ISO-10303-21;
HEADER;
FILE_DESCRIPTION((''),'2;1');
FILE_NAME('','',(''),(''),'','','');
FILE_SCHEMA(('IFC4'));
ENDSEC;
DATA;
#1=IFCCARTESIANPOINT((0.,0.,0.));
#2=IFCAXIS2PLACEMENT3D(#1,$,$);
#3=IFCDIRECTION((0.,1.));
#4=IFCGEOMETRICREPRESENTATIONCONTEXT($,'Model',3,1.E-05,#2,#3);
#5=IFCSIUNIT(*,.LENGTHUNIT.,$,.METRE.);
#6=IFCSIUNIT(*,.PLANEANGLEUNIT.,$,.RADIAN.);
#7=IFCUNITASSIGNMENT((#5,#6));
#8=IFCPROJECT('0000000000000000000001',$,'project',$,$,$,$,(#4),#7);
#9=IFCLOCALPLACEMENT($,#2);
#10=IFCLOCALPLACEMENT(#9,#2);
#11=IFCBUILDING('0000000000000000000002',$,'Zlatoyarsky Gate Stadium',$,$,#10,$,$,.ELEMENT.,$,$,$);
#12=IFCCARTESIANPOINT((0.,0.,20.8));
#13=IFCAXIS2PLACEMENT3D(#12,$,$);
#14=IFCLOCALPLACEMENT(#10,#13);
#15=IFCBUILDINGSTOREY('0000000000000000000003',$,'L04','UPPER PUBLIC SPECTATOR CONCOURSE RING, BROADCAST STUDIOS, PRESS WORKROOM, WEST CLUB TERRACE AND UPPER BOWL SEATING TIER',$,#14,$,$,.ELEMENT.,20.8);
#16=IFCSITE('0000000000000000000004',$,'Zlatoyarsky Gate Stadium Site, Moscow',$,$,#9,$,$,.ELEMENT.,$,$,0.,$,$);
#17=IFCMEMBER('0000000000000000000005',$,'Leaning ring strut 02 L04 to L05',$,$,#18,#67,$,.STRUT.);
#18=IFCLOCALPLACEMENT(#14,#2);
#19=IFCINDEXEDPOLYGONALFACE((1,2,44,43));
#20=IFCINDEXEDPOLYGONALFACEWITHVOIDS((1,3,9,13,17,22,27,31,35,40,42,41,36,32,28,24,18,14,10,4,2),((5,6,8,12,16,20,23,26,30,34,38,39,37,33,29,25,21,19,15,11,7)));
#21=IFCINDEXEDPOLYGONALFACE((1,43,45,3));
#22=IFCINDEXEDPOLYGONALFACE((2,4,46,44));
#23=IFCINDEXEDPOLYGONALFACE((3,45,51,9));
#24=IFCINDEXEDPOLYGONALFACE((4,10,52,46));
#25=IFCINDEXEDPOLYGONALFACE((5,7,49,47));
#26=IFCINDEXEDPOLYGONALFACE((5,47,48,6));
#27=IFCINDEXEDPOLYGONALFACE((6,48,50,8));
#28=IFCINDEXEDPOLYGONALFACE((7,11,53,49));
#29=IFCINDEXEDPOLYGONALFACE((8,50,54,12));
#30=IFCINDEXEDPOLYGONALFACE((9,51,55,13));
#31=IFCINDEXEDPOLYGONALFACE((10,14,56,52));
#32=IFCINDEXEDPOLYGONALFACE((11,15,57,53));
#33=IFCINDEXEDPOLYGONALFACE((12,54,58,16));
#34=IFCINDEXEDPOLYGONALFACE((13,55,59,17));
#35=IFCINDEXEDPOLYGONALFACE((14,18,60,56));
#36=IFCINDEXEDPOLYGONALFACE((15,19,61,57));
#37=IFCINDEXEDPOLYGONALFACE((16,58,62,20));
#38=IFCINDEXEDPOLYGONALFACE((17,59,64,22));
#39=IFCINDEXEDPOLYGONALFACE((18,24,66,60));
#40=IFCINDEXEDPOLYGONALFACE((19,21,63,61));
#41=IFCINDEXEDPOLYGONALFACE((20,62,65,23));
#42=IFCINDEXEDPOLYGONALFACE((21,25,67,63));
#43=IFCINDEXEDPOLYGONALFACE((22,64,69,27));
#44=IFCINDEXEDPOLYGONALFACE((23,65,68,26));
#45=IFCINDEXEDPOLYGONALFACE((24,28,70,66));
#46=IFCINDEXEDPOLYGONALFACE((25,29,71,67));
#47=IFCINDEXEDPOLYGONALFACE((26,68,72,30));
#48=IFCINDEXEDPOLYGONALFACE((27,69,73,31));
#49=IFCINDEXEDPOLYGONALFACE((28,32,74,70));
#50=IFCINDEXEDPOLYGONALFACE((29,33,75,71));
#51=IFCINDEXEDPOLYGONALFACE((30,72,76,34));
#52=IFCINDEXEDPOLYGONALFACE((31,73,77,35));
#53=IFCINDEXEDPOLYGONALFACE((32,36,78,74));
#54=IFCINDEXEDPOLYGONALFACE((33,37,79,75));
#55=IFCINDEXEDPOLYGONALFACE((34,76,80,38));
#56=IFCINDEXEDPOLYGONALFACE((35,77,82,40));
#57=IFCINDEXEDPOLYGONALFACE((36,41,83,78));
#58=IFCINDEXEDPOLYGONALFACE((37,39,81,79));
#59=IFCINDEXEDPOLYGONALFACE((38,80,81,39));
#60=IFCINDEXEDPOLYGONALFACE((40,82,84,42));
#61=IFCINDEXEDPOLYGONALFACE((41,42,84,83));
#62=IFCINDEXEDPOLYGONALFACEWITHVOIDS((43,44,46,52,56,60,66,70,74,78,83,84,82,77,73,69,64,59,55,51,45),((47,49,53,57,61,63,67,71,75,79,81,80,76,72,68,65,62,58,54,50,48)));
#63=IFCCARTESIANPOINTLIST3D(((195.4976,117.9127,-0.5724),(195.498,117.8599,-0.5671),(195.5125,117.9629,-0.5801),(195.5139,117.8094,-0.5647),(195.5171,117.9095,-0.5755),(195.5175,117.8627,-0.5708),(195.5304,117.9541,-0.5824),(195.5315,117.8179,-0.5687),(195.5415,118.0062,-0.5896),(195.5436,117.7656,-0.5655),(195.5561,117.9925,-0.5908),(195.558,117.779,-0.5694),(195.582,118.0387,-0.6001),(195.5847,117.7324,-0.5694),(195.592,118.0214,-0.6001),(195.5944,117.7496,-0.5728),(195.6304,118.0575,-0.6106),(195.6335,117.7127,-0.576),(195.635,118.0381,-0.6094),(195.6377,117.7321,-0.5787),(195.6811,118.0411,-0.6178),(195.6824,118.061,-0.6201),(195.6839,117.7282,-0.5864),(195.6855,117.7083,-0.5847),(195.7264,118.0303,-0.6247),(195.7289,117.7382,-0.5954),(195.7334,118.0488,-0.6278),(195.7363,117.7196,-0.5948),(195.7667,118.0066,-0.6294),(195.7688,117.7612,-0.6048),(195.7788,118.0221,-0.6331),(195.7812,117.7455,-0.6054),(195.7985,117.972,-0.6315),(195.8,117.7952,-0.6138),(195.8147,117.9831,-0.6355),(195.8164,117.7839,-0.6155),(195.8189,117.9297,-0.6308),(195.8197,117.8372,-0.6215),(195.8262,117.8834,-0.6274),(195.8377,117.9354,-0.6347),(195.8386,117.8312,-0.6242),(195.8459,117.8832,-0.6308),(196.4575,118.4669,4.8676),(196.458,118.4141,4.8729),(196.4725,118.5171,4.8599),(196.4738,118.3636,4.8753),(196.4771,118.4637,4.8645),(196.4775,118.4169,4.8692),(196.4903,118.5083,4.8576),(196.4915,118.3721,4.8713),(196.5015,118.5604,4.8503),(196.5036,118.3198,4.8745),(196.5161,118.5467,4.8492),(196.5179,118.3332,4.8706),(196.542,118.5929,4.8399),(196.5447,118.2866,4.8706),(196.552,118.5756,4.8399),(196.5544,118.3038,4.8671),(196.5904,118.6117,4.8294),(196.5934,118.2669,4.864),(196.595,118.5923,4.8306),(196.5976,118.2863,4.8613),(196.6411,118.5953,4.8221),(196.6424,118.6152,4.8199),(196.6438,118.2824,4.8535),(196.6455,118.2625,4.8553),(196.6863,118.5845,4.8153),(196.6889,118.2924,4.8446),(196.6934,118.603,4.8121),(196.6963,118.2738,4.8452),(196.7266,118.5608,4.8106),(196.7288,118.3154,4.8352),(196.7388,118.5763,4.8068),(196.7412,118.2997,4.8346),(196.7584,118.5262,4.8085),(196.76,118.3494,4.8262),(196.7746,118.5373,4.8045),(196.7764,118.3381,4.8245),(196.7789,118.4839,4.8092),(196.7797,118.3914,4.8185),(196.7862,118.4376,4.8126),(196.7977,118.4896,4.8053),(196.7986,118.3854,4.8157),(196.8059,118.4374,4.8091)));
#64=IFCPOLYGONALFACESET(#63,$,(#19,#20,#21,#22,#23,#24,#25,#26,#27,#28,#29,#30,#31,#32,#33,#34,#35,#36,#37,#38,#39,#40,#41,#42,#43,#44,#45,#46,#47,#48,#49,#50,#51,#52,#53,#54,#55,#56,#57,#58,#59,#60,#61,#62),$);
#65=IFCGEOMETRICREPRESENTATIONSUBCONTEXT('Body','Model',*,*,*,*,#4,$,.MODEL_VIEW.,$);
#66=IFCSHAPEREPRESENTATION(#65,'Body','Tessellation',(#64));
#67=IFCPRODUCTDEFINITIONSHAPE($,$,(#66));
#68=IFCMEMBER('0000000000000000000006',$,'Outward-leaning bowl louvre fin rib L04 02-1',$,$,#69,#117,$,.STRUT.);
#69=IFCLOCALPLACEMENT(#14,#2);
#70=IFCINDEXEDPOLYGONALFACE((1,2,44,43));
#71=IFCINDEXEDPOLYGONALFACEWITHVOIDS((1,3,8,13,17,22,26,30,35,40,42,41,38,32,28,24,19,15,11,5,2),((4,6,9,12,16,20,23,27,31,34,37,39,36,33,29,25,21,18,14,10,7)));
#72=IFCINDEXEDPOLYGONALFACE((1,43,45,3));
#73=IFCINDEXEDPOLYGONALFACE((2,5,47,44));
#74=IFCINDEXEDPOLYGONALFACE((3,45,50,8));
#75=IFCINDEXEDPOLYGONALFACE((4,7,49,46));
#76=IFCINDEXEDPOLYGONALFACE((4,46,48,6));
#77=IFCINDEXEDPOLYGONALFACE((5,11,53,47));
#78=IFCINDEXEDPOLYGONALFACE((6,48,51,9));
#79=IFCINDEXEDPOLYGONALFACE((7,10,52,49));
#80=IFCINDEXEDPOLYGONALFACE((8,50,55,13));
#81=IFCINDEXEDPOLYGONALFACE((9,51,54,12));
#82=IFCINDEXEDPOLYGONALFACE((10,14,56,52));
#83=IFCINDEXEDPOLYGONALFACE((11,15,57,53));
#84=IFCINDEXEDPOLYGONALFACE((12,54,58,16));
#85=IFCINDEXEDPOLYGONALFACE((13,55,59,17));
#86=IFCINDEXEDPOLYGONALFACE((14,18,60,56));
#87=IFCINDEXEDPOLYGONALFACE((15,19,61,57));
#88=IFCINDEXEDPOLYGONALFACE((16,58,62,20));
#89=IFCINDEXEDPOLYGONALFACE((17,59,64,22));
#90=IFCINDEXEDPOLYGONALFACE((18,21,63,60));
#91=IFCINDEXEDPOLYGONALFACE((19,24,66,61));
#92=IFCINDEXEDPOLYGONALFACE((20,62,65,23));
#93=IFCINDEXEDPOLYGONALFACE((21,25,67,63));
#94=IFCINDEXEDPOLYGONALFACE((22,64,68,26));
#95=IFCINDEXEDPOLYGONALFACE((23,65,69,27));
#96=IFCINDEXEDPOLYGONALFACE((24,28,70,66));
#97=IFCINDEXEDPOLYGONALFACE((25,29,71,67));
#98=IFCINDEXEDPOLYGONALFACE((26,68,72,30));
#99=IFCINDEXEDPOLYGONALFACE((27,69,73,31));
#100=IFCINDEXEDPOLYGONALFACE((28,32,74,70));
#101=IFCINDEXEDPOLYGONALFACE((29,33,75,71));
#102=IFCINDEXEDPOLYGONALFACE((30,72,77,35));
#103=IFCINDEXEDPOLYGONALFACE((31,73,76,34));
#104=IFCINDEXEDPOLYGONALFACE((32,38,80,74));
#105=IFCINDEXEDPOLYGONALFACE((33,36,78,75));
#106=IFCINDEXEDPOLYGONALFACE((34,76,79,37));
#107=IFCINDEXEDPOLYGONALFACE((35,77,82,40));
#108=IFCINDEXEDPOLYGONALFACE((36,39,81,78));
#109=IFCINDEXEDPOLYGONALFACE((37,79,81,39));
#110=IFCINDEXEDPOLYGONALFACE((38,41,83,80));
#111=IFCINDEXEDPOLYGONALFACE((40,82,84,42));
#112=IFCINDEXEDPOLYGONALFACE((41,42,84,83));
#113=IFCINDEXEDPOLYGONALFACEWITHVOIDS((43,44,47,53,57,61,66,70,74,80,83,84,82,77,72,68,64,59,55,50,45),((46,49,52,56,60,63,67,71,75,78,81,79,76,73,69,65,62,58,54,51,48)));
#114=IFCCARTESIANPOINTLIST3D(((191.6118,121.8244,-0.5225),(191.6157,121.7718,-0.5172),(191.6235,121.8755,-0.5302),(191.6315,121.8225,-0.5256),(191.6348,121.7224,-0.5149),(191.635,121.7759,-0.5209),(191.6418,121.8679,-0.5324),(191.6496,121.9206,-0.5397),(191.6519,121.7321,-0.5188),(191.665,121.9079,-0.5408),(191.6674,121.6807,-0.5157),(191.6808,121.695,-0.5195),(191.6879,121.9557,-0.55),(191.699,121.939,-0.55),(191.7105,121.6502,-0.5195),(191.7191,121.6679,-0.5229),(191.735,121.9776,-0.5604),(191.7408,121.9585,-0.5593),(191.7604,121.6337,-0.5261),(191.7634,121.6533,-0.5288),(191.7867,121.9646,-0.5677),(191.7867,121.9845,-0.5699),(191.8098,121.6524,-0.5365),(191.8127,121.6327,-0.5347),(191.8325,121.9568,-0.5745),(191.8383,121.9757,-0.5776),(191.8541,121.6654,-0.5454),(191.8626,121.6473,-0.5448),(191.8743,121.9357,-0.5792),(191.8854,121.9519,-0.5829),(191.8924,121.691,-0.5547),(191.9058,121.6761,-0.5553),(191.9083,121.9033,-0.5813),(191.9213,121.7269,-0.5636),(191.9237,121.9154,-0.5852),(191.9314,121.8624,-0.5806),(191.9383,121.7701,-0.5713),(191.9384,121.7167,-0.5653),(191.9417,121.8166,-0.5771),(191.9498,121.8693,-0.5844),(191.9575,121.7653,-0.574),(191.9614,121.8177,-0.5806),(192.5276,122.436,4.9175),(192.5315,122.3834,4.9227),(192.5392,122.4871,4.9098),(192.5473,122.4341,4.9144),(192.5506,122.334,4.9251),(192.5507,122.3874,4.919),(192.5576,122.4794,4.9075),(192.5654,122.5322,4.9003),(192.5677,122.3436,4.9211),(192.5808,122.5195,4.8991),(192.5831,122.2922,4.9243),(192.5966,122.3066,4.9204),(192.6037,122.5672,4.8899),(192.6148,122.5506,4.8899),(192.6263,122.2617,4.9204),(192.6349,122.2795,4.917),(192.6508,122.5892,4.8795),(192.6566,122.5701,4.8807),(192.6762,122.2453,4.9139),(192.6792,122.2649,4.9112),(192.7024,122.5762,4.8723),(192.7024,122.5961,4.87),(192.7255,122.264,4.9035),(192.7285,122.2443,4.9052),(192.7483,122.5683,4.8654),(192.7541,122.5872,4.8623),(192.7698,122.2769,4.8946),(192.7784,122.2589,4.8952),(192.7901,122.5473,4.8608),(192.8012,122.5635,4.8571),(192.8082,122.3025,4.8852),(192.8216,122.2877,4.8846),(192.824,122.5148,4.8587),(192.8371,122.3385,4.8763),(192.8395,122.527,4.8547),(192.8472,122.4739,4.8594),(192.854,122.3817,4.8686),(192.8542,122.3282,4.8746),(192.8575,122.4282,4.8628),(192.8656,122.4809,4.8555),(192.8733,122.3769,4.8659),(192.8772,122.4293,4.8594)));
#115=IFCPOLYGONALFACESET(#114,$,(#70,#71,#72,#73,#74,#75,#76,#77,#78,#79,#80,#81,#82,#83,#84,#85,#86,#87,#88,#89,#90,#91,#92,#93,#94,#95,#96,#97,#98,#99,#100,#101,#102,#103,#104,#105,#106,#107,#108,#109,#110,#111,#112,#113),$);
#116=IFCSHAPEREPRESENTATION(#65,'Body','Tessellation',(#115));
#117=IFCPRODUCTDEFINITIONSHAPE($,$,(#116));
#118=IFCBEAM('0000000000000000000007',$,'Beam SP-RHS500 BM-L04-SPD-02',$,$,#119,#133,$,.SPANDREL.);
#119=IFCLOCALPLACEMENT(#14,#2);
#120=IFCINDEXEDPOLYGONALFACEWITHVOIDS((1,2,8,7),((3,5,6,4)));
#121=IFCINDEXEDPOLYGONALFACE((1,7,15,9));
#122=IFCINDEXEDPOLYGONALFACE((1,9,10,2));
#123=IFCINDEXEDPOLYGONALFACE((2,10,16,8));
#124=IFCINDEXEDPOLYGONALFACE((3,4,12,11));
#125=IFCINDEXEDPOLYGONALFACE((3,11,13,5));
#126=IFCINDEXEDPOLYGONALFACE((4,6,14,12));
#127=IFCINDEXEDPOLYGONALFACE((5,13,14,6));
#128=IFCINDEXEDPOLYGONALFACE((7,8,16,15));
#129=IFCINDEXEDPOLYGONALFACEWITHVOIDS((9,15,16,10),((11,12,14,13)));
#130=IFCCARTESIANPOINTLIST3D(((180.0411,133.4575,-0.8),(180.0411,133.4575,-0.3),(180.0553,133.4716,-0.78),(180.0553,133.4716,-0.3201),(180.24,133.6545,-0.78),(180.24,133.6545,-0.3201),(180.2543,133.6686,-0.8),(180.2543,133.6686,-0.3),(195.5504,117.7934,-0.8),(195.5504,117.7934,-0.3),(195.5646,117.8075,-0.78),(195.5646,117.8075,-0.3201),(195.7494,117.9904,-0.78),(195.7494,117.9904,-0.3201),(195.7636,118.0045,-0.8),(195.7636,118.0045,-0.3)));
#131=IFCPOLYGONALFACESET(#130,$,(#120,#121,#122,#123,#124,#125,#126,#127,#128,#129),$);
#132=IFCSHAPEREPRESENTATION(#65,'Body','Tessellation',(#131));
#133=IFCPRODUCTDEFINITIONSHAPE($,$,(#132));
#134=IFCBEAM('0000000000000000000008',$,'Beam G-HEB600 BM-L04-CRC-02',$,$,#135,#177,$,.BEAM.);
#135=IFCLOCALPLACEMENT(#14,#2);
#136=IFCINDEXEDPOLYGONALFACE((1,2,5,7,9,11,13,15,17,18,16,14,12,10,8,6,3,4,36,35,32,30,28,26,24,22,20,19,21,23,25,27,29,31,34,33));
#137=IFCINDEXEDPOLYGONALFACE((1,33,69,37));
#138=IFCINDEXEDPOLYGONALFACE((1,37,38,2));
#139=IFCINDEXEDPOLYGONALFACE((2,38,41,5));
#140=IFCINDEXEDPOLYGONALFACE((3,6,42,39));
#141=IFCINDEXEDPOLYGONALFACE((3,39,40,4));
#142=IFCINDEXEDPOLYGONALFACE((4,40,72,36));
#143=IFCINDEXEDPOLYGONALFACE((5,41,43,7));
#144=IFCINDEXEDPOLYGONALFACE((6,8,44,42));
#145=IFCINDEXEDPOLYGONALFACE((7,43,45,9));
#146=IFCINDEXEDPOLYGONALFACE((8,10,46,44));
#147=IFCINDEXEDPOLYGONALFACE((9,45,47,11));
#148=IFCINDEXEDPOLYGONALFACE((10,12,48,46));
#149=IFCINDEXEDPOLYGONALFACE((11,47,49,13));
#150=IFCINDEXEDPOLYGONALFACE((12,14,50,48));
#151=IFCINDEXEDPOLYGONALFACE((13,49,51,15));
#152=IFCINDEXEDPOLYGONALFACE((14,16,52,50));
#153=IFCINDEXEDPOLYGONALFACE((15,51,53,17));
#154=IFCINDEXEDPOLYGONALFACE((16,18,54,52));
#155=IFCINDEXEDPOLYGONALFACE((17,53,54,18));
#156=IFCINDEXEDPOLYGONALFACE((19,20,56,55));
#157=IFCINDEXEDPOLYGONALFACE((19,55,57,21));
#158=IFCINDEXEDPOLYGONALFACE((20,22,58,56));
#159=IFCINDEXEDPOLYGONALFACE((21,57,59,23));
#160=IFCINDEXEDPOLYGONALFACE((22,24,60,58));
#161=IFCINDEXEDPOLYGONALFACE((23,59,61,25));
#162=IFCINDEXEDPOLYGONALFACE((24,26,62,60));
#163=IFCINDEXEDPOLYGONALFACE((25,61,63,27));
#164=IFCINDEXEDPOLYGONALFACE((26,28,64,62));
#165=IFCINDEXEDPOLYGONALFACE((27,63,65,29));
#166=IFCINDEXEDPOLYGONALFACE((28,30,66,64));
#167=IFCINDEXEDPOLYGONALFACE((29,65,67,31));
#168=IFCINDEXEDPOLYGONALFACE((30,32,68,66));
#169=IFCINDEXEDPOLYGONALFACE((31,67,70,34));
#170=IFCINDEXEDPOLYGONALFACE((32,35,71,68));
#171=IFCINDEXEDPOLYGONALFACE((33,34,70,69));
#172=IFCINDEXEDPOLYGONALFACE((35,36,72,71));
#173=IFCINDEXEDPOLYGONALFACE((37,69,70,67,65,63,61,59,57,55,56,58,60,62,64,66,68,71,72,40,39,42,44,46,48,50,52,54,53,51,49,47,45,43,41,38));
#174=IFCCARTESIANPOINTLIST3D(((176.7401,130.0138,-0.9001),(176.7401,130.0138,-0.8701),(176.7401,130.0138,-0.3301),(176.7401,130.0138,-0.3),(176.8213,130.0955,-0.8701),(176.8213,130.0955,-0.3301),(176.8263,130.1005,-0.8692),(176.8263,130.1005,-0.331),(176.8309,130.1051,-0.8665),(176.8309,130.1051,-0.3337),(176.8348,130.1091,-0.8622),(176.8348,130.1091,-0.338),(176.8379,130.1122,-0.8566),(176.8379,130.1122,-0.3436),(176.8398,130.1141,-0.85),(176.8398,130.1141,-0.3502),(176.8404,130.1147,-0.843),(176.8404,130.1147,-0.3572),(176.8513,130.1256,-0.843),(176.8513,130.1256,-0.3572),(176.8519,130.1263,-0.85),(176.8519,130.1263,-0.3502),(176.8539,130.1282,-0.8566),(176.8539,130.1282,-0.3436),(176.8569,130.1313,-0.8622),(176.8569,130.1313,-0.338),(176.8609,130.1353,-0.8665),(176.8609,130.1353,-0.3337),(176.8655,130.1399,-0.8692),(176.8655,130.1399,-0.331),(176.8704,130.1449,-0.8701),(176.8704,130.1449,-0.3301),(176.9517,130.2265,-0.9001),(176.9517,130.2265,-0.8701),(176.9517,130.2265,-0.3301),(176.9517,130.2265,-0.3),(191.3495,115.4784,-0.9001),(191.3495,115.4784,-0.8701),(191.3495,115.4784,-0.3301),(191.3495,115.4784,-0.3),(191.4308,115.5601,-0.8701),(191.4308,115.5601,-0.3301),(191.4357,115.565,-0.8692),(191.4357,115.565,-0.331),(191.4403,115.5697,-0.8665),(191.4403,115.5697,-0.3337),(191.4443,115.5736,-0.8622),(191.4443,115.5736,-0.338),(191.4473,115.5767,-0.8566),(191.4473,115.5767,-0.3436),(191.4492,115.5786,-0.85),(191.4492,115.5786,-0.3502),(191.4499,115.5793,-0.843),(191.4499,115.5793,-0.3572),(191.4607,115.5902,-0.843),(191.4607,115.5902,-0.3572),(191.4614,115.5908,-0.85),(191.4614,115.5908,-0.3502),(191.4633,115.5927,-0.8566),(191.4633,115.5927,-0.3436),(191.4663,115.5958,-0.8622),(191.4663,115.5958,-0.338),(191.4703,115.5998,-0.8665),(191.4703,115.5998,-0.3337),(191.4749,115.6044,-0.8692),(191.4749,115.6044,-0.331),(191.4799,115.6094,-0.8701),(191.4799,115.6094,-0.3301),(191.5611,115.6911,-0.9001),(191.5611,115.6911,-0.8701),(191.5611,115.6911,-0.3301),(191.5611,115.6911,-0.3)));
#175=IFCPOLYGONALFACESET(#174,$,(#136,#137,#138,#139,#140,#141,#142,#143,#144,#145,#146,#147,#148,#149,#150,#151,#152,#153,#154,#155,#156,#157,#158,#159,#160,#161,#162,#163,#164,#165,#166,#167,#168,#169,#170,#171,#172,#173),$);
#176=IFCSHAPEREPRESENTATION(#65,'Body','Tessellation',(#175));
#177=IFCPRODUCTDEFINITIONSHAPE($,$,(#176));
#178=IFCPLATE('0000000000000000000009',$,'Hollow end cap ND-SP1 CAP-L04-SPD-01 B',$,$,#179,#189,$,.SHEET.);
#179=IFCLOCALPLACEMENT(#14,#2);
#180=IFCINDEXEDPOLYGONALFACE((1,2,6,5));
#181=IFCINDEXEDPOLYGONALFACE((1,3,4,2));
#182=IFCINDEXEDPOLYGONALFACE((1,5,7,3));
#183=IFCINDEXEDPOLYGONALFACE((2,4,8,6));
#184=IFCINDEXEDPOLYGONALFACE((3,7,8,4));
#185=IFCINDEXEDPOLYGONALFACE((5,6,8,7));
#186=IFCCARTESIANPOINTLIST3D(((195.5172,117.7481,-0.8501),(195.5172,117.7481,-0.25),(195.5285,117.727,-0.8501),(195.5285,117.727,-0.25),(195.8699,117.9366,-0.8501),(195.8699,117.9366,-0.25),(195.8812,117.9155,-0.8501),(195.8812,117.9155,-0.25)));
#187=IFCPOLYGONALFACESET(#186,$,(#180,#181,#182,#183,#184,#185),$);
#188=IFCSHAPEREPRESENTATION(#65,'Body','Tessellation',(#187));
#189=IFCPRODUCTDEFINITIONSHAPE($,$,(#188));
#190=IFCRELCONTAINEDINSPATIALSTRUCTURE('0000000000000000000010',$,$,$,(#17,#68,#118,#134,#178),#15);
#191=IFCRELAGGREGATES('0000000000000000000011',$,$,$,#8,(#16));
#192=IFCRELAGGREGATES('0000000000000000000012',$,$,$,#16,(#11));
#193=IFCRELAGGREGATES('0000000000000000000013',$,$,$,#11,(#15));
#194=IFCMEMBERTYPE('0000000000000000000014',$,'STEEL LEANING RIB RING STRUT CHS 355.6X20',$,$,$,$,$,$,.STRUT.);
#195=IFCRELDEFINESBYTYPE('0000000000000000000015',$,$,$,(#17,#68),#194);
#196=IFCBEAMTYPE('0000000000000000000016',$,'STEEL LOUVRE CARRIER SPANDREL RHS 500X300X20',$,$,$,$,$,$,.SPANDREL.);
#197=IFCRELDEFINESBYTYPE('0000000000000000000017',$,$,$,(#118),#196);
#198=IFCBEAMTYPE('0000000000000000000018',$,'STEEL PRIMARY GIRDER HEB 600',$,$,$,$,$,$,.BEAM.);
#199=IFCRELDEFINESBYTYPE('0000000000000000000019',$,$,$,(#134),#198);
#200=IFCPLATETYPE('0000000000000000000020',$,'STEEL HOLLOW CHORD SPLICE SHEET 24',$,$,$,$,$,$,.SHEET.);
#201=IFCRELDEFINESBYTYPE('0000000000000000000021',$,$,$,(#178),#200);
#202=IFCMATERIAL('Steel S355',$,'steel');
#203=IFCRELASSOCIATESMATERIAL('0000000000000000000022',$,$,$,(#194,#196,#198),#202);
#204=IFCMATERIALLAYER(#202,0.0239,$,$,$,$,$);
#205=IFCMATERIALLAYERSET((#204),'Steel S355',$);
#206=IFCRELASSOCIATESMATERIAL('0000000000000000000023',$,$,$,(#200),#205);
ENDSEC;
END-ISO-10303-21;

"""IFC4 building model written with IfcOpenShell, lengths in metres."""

from ifc_helpers import new_model, si_unit, direction, frame, origin, origin_2d, place, context, subcontext, project, spatial, rectangle, hollow_rectangle, hollow_circle, i_section, extrude, material, layer, layer_set, material_profile, profile_set, type_object, element, save


model = new_model("IFC4")

# Units and contexts
model_context = context("Model", 3, precision=1e-05, world=origin(), true_north=direction((0.0, 1.0)))
body_context = subcontext(model_context, "Body", "Model", "MODEL_VIEW")
ifc_project = project(units=[si_unit("LENGTHUNIT", "METRE"), si_unit("PLANEANGLEUNIT", "RADIAN")], contexts=[model_context])

# Site, building, storey
site_placement = place(None, origin())
site = spatial("IfcSite", under=ifc_project, at=site_placement, Name="Zlatoyarsky Gate Stadium Site, Moscow", CompositionType="ELEMENT", RefElevation=0.0)
building_placement = place(site_placement, origin())
building = spatial("IfcBuilding", under=site, at=building_placement, Name="Zlatoyarsky Gate Stadium", CompositionType="ELEMENT")
storey_placement = place(building_placement, frame((0.0, 0.0, 20.8)))
storey = spatial("IfcBuildingStorey", under=building, at=storey_placement, Name="L04", Description="UPPER PUBLIC SPECTATOR CONCOURSE RING, BROADCAST STUDIOS, PRESS WORKROOM, WEST CLUB TERRACE AND UPPER BOWL SEATING TIER", CompositionType="ELEMENT", Elevation=20.8)

# Shared definitions
ifc_material_1 = material(Name="Steel S355", Category="steel")

# Members
ifc_material_profile_1 = material_profile(ifc_material_1, hollow_circle(Radius=0.1777, WallThickness=0.02, at=origin_2d()), Name="CHS 355.6X20")
ifc_profile_set_1 = profile_set([ifc_material_profile_1], Name="Steel S355")
member_type_1 = type_object("IfcMemberType", Name="STEEL LEANING RIB RING STRUT CHS 355.6X20", PredefinedType="STRUT", material=ifc_profile_set_1)
member_1_placement = place(storey_placement, frame((195.6709, 117.8848, -0.6001), z_axis=(0.172912, 0.099825, 0.979865), x_axis=(-0.499977, 0.866039, 0.0)))
element("IfcMember", 1, at=member_1_placement, inside=storey, type_object=member_type_1, Name="Leaning ring strut 02 L04 to L05", PredefinedType="STRUT", context=body_context, shape_type="SweptSolid", body=[
    extrude(hollow_circle(Radius=0.1777, WallThickness=0.02, at=origin_2d()), origin(), (0.0, 0.0, 1.0), 5.5518),
])
member_2_placement = place(storey_placement, frame((191.7866, 121.8079, -0.55), z_axis=(0.164996, 0.110188, 0.98012), x_axis=(-0.555365, 0.831607, 0.0)))
element("IfcMember", 2, at=member_2_placement, inside=storey, type_object=member_type_1, Name="Outward-leaning bowl louvre fin rib L04 02-1", PredefinedType="STRUT", context=body_context, shape_type="SweptSolid", body=[
    extrude(hollow_circle(Radius=0.1777, WallThickness=0.02, at=origin_2d()), origin(), (0.0, 0.0, 1.0), 5.5503),
])

# Beams
ifc_material_profile_2 = material_profile(ifc_material_1, hollow_rectangle(XDim=0.3, YDim=0.5, WallThickness=0.02, at=origin_2d()), Name="RHS 500X300X20")
ifc_profile_set_2 = profile_set([ifc_material_profile_2], Name="Steel S355")
beam_type_1 = type_object("IfcBeamType", Name="STEEL LOUVRE CARRIER SPANDREL RHS 500X300X20", PredefinedType="SPANDREL", material=ifc_profile_set_2)
beam_1_placement = place(storey_placement, frame((195.657, 117.8989, -0.55), z_axis=(-0.703587, 0.710609, 0.0), x_axis=(-0.710609, -0.703587, 0.0)))
element("IfcBeam", 3, at=beam_1_placement, inside=storey, type_object=beam_type_1, Name="Beam SP-RHS500 BM-L04-SPD-02", PredefinedType="SPANDREL", context=body_context, shape_type="SweptSolid", body=[
    extrude(hollow_rectangle(XDim=0.3, YDim=0.5, WallThickness=0.02, at=origin_2d()), origin(), (0.0, 0.0, 1.0), 22.0432),
])
ifc_material_profile_3 = material_profile(ifc_material_1, i_section(OverallWidth=0.3, OverallDepth=0.6001, WebThickness=0.0154, FlangeThickness=0.03, FilletRadius=0.0271, at=origin_2d()), Name="HEB 600")
ifc_profile_set_3 = profile_set([ifc_material_profile_3], Name="Steel S355")
beam_type_2 = type_object("IfcBeamType", Name="STEEL PRIMARY GIRDER HEB 600", PredefinedType="BEAM", material=ifc_profile_set_3)
beam_2_placement = place(storey_placement, frame((191.4553, 115.5847, -0.6001), z_axis=(-0.708899, 0.70531, 0.0), x_axis=(-0.70531, -0.708899, 0.0)))
element("IfcBeam", 4, at=beam_2_placement, inside=storey, type_object=beam_type_2, Name="Beam G-HEB600 BM-L04-CRC-02", PredefinedType="BEAM", context=body_context, shape_type="SweptSolid", body=[
    extrude(i_section(OverallWidth=0.3, OverallDepth=0.6001, WebThickness=0.0154, FlangeThickness=0.03, FilletRadius=0.0271, at=origin_2d()), origin(), (0.0, 0.0, 1.0), 20.6086),
])

# Plate
ifc_layer_1 = layer(ifc_material_1, 0.0239)
ifc_layer_set_1 = layer_set([ifc_layer_1], Name="Steel S355")
plate_type_1 = type_object("IfcPlateType", Name="STEEL HOLLOW CHORD SPLICE SHEET 24", PredefinedType="SHEET", material=ifc_layer_set_1)
for number, where, z_axis, x_axis, name in (
    (5, (195.6992, 117.8318, -0.8501), (0.0, 0.0, 1.0), (-0.471376, 0.881933, 0.0), "Hollow end cap ND-SP1 CAP-L04-SPD-01 B"),
):
    element("IfcPlate", number, at=place(storey_placement, frame(where, z_axis=z_axis, x_axis=x_axis)), inside=storey, type_object=plate_type_1, Name=name, PredefinedType="SHEET", context=body_context, shape_type="SweptSolid", body=[
        extrude(rectangle(XDim=0.0239, YDim=0.3999, at=origin_2d()), origin(), (0.0, 0.0, 1.0), 0.6001),
    ])

save(model, "model.ifc")
